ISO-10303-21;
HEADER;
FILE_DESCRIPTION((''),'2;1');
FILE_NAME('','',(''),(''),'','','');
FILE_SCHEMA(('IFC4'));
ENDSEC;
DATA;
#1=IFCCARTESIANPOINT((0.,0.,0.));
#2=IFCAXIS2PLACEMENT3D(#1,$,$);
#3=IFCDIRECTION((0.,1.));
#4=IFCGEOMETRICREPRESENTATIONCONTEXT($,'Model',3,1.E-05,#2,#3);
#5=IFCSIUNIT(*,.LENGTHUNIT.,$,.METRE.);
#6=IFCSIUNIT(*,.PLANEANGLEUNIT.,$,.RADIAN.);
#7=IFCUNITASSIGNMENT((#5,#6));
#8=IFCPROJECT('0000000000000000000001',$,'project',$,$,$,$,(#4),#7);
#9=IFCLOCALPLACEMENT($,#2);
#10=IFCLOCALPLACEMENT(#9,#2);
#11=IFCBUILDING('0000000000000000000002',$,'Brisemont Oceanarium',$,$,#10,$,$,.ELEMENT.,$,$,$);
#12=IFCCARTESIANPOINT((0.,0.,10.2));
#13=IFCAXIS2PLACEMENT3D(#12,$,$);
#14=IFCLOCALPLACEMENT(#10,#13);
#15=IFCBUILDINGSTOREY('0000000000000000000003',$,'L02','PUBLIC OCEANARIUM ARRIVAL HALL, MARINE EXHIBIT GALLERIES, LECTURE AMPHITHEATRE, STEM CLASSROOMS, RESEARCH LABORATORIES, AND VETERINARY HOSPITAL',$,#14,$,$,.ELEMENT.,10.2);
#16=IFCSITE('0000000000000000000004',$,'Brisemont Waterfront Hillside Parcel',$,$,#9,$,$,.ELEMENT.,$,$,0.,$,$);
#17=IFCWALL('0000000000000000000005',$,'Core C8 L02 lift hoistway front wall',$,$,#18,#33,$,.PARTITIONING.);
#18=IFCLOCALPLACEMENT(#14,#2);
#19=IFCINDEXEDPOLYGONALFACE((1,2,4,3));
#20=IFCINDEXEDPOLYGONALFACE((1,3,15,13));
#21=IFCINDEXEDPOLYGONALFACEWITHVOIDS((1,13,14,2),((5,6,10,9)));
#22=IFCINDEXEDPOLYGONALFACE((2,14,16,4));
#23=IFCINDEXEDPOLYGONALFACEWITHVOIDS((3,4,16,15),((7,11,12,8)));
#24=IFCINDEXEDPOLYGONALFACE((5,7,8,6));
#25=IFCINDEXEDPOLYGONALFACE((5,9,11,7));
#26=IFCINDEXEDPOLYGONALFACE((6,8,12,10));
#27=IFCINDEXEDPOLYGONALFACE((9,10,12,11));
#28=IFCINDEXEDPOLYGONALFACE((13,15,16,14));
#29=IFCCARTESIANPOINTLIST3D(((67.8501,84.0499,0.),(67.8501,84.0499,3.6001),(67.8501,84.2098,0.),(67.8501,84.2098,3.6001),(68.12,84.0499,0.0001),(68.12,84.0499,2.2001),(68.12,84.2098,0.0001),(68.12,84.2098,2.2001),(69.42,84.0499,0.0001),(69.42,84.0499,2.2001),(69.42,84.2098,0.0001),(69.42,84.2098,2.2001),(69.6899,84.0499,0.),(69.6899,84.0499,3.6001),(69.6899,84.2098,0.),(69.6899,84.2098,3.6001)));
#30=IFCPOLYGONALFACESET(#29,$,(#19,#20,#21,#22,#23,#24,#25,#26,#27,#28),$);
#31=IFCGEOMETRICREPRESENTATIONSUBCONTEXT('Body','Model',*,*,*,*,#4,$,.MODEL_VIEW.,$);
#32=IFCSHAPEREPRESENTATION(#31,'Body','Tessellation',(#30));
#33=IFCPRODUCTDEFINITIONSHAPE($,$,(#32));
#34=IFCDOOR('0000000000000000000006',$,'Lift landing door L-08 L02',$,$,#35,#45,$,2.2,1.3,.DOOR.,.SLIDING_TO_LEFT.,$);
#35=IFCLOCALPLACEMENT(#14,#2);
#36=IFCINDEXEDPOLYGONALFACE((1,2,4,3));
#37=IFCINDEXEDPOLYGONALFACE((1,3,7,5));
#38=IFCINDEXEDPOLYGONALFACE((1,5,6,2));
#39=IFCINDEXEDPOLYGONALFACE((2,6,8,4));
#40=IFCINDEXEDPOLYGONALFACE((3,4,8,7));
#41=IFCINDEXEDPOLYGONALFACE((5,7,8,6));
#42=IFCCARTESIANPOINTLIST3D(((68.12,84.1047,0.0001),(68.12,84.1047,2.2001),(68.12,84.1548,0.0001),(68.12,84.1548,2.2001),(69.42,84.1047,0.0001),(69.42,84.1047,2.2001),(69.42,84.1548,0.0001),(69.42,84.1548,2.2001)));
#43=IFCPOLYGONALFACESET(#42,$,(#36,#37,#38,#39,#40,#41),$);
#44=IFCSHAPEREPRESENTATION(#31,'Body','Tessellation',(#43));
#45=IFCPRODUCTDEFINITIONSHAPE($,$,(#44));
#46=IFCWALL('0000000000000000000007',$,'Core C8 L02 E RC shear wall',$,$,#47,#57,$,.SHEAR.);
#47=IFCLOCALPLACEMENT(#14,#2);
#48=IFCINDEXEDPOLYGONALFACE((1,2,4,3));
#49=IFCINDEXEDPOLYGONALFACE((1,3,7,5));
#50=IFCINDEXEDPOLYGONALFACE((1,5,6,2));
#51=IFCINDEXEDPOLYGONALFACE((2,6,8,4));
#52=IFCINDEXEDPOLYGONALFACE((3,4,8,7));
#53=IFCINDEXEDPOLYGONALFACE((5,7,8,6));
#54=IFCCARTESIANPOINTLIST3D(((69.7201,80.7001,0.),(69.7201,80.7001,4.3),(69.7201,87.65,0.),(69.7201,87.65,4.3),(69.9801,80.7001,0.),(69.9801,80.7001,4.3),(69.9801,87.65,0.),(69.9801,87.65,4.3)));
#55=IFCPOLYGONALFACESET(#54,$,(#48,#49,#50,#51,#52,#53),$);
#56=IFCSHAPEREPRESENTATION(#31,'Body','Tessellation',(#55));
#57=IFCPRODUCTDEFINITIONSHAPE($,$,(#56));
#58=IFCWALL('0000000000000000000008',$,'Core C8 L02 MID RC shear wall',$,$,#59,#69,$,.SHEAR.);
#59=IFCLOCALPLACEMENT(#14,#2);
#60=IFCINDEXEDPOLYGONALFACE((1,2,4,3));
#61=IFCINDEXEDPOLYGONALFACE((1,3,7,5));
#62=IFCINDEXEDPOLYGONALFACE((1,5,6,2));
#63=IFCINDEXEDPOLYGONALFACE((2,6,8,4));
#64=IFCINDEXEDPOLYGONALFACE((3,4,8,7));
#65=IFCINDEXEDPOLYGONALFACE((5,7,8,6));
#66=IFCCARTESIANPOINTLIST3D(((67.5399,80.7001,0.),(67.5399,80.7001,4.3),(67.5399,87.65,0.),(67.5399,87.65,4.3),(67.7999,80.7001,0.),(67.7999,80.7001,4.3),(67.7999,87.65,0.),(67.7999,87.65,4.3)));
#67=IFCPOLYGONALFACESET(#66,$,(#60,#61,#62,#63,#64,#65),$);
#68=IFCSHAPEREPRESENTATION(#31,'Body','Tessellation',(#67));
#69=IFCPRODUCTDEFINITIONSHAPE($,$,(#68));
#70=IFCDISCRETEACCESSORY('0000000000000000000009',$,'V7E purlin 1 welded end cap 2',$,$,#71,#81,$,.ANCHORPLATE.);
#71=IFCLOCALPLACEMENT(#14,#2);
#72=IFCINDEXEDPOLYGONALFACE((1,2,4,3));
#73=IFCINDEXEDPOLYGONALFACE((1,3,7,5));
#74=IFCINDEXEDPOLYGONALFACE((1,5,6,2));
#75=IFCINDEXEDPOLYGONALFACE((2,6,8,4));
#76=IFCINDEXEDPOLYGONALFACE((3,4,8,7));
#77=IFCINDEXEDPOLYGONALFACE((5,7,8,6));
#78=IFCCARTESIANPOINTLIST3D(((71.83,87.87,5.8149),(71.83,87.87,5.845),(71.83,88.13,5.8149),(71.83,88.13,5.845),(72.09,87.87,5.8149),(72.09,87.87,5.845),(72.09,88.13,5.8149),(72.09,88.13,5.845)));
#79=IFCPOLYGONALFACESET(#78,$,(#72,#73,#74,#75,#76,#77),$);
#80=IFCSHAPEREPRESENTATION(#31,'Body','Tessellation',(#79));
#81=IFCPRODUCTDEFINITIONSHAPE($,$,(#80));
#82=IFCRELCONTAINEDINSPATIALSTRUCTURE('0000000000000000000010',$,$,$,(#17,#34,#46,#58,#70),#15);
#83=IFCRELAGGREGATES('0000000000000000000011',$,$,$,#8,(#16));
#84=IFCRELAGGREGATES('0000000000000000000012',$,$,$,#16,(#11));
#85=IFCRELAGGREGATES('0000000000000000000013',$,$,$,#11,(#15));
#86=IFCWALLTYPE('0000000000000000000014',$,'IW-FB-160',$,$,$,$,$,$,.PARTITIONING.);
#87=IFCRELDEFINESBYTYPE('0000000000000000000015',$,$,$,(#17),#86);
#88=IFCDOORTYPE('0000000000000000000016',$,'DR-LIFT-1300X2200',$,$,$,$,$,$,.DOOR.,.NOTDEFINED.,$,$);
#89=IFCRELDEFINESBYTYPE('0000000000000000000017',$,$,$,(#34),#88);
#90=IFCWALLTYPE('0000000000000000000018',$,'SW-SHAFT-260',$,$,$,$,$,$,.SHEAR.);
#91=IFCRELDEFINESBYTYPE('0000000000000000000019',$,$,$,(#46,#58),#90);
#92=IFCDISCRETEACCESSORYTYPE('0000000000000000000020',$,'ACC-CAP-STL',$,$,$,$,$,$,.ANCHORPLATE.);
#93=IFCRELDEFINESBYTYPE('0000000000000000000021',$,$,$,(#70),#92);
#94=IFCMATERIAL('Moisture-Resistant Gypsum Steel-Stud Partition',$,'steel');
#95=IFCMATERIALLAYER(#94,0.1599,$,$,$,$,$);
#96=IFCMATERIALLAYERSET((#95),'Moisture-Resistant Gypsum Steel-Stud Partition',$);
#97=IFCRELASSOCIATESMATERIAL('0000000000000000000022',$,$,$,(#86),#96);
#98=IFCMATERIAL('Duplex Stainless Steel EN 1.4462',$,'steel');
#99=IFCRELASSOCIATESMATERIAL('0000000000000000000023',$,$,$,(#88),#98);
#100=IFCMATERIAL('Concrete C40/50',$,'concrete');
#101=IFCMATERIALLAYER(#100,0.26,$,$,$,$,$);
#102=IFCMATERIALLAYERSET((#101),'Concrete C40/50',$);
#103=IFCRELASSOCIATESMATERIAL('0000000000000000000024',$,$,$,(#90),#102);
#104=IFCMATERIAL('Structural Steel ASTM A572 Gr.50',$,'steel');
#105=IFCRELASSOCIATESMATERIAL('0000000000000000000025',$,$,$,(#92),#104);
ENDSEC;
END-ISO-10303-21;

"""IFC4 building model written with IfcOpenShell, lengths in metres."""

from ifc_helpers import new_model, si_unit, direction, frame, frame_2d, origin, origin_2d, place, context, subcontext, project, spatial, rectangle, extrude, material, layer, layer_set, type_object, element, fill, save


model = new_model("IFC4")

# Units and contexts
model_context = context("Model", 3, precision=1e-05, world=origin(), true_north=direction((0.0, 1.0)))
body_context = subcontext(model_context, "Body", "Model", "MODEL_VIEW")
ifc_project = project(units=[si_unit("LENGTHUNIT", "METRE"), si_unit("PLANEANGLEUNIT", "RADIAN")], contexts=[model_context])

# Site, building, storey
site_placement = place(None, origin())
site = spatial("IfcSite", under=ifc_project, at=site_placement, Name="Brisemont Waterfront Hillside Parcel", CompositionType="ELEMENT", RefElevation=0.0)
building_placement = place(site_placement, origin())
building = spatial("IfcBuilding", under=site, at=building_placement, Name="Brisemont Oceanarium", CompositionType="ELEMENT")
storey_placement = place(building_placement, frame((0.0, 0.0, 10.2)))
storey = spatial("IfcBuildingStorey", under=building, at=storey_placement, Name="L02", Description="PUBLIC OCEANARIUM ARRIVAL HALL, MARINE EXHIBIT GALLERIES, LECTURE AMPHITHEATRE, STEM CLASSROOMS, RESEARCH LABORATORIES, AND VETERINARY HOSPITAL", CompositionType="ELEMENT", Elevation=10.2)

# Wall, opening, door
ifc_material_1 = material(Name="Moisture-Resistant Gypsum Steel-Stud Partition", Category="steel")
ifc_layer_1 = layer(ifc_material_1, 0.1599)
ifc_layer_set_1 = layer_set([ifc_layer_1], Name="Moisture-Resistant Gypsum Steel-Stud Partition")
wall_type_1 = type_object("IfcWallType", Name="IW-FB-160", PredefinedType="PARTITIONING", material=ifc_layer_set_1)
wall_placement = place(storey_placement, frame((67.8501, 84.1299, 0.0), z_axis=(0.0, 0.0, 1.0), x_axis=(1.0, 0.0, 0.0)))
wall = element("IfcWall", 1, at=wall_placement, inside=storey, type_object=wall_type_1, Name="Core C8 L02 lift hoistway front wall", PredefinedType="PARTITIONING", context=body_context, shape_type="SweptSolid", body=[
    extrude(rectangle(XDim=1.8398, YDim=0.1599, at=frame_2d((0.9199, 0.0))), origin(), (0.0, 0.0, 1.0), 3.6001),
])
opening_placement = place(wall_placement, frame((0.27, 0.0, 0.0)))
opening = element("IfcOpeningElement", 2, at=opening_placement, cuts=wall, PredefinedType="OPENING", context=body_context, shape_type="SweptSolid", body=[
    extrude(rectangle(XDim=1.3, YDim=2.2, at=frame_2d((0.6499, 1.1001))), frame((0.0, 0.0898, 0.0), z_axis=(0.0, -1.0, 0.0), x_axis=(1.0, 0.0, 0.0)), (0.0, 0.0, 1.0), 0.1799),
])
ifc_material_2 = material(Name="Duplex Stainless Steel EN 1.4462", Category="steel")
door_type = type_object("IfcDoorType", Name="DR-LIFT-1300X2200", OperationType="NOTDEFINED", PredefinedType="DOOR", material=ifc_material_2)
door_placement = place(opening_placement, origin())
door = element("IfcDoor", 3, at=door_placement, inside=storey, type_object=door_type, Name="Lift landing door L-08 L02", OperationType="SLIDING_TO_LEFT", OverallHeight=2.2, OverallWidth=1.3, PredefinedType="DOOR", context=body_context, shape_type="SweptSolid", body=[
    extrude(rectangle(XDim=1.3, YDim=2.2, at=frame_2d((0.6499, 1.1001))), frame((0.0, 0.0249, 0.0), z_axis=(0.0, -1.0, 0.0), x_axis=(1.0, 0.0, 0.0)), (0.0, 0.0, 1.0), 0.05),
])
fill(opening, door)

# Walls
ifc_material_3 = material(Name="Concrete C40/50", Category="concrete")
ifc_layer_2 = layer(ifc_material_3, 0.26)
ifc_layer_set_2 = layer_set([ifc_layer_2], Name="Concrete C40/50")
wall_type_2 = type_object("IfcWallType", Name="SW-SHAFT-260", PredefinedType="SHEAR", material=ifc_layer_set_2)
for number, where, z_axis, x_axis, name in (
    (4, (69.8501, 80.7, 0.0), (0.0, 0.0, 1.0), (0.0, 1.0, 0.0), "Core C8 L02 E RC shear wall"),
    (5, (67.6699, 80.7, 0.0), (0.0, 0.0, 1.0), (0.0, 1.0, 0.0), "Core C8 L02 MID RC shear wall"),
):
    element("IfcWall", number, at=place(storey_placement, frame(where, z_axis=z_axis, x_axis=x_axis)), inside=storey, type_object=wall_type_2, Name=name, PredefinedType="SHEAR", context=body_context, shape_type="SweptSolid", body=[
        extrude(rectangle(XDim=6.95, YDim=0.26, at=frame_2d((3.4751, 0.0))), origin(), (0.0, 0.0, 1.0), 4.3),
    ])

# Discrete accessory
ifc_material_4 = material(Name="Structural Steel ASTM A572 Gr.50", Category="steel")
discrete_accessory_type = type_object("IfcDiscreteAccessoryType", Name="ACC-CAP-STL", PredefinedType="ANCHORPLATE", material=ifc_material_4)
discrete_accessory_placement = place(storey_placement, frame((71.96, 88.0, 5.8149), z_axis=(0.0, 0.0, 1.0), x_axis=(1.0, 0.0, 0.0)))
element("IfcDiscreteAccessory", 6, at=discrete_accessory_placement, inside=storey, type_object=discrete_accessory_type, Name="V7E purlin 1 welded end cap 2", PredefinedType="ANCHORPLATE", context=body_context, shape_type="SweptSolid", body=[
    extrude(rectangle(XDim=0.26, YDim=0.26, at=origin_2d()), origin(), (0.0, 0.0, 1.0), 0.03),
])

save(model, "model.ifc")
